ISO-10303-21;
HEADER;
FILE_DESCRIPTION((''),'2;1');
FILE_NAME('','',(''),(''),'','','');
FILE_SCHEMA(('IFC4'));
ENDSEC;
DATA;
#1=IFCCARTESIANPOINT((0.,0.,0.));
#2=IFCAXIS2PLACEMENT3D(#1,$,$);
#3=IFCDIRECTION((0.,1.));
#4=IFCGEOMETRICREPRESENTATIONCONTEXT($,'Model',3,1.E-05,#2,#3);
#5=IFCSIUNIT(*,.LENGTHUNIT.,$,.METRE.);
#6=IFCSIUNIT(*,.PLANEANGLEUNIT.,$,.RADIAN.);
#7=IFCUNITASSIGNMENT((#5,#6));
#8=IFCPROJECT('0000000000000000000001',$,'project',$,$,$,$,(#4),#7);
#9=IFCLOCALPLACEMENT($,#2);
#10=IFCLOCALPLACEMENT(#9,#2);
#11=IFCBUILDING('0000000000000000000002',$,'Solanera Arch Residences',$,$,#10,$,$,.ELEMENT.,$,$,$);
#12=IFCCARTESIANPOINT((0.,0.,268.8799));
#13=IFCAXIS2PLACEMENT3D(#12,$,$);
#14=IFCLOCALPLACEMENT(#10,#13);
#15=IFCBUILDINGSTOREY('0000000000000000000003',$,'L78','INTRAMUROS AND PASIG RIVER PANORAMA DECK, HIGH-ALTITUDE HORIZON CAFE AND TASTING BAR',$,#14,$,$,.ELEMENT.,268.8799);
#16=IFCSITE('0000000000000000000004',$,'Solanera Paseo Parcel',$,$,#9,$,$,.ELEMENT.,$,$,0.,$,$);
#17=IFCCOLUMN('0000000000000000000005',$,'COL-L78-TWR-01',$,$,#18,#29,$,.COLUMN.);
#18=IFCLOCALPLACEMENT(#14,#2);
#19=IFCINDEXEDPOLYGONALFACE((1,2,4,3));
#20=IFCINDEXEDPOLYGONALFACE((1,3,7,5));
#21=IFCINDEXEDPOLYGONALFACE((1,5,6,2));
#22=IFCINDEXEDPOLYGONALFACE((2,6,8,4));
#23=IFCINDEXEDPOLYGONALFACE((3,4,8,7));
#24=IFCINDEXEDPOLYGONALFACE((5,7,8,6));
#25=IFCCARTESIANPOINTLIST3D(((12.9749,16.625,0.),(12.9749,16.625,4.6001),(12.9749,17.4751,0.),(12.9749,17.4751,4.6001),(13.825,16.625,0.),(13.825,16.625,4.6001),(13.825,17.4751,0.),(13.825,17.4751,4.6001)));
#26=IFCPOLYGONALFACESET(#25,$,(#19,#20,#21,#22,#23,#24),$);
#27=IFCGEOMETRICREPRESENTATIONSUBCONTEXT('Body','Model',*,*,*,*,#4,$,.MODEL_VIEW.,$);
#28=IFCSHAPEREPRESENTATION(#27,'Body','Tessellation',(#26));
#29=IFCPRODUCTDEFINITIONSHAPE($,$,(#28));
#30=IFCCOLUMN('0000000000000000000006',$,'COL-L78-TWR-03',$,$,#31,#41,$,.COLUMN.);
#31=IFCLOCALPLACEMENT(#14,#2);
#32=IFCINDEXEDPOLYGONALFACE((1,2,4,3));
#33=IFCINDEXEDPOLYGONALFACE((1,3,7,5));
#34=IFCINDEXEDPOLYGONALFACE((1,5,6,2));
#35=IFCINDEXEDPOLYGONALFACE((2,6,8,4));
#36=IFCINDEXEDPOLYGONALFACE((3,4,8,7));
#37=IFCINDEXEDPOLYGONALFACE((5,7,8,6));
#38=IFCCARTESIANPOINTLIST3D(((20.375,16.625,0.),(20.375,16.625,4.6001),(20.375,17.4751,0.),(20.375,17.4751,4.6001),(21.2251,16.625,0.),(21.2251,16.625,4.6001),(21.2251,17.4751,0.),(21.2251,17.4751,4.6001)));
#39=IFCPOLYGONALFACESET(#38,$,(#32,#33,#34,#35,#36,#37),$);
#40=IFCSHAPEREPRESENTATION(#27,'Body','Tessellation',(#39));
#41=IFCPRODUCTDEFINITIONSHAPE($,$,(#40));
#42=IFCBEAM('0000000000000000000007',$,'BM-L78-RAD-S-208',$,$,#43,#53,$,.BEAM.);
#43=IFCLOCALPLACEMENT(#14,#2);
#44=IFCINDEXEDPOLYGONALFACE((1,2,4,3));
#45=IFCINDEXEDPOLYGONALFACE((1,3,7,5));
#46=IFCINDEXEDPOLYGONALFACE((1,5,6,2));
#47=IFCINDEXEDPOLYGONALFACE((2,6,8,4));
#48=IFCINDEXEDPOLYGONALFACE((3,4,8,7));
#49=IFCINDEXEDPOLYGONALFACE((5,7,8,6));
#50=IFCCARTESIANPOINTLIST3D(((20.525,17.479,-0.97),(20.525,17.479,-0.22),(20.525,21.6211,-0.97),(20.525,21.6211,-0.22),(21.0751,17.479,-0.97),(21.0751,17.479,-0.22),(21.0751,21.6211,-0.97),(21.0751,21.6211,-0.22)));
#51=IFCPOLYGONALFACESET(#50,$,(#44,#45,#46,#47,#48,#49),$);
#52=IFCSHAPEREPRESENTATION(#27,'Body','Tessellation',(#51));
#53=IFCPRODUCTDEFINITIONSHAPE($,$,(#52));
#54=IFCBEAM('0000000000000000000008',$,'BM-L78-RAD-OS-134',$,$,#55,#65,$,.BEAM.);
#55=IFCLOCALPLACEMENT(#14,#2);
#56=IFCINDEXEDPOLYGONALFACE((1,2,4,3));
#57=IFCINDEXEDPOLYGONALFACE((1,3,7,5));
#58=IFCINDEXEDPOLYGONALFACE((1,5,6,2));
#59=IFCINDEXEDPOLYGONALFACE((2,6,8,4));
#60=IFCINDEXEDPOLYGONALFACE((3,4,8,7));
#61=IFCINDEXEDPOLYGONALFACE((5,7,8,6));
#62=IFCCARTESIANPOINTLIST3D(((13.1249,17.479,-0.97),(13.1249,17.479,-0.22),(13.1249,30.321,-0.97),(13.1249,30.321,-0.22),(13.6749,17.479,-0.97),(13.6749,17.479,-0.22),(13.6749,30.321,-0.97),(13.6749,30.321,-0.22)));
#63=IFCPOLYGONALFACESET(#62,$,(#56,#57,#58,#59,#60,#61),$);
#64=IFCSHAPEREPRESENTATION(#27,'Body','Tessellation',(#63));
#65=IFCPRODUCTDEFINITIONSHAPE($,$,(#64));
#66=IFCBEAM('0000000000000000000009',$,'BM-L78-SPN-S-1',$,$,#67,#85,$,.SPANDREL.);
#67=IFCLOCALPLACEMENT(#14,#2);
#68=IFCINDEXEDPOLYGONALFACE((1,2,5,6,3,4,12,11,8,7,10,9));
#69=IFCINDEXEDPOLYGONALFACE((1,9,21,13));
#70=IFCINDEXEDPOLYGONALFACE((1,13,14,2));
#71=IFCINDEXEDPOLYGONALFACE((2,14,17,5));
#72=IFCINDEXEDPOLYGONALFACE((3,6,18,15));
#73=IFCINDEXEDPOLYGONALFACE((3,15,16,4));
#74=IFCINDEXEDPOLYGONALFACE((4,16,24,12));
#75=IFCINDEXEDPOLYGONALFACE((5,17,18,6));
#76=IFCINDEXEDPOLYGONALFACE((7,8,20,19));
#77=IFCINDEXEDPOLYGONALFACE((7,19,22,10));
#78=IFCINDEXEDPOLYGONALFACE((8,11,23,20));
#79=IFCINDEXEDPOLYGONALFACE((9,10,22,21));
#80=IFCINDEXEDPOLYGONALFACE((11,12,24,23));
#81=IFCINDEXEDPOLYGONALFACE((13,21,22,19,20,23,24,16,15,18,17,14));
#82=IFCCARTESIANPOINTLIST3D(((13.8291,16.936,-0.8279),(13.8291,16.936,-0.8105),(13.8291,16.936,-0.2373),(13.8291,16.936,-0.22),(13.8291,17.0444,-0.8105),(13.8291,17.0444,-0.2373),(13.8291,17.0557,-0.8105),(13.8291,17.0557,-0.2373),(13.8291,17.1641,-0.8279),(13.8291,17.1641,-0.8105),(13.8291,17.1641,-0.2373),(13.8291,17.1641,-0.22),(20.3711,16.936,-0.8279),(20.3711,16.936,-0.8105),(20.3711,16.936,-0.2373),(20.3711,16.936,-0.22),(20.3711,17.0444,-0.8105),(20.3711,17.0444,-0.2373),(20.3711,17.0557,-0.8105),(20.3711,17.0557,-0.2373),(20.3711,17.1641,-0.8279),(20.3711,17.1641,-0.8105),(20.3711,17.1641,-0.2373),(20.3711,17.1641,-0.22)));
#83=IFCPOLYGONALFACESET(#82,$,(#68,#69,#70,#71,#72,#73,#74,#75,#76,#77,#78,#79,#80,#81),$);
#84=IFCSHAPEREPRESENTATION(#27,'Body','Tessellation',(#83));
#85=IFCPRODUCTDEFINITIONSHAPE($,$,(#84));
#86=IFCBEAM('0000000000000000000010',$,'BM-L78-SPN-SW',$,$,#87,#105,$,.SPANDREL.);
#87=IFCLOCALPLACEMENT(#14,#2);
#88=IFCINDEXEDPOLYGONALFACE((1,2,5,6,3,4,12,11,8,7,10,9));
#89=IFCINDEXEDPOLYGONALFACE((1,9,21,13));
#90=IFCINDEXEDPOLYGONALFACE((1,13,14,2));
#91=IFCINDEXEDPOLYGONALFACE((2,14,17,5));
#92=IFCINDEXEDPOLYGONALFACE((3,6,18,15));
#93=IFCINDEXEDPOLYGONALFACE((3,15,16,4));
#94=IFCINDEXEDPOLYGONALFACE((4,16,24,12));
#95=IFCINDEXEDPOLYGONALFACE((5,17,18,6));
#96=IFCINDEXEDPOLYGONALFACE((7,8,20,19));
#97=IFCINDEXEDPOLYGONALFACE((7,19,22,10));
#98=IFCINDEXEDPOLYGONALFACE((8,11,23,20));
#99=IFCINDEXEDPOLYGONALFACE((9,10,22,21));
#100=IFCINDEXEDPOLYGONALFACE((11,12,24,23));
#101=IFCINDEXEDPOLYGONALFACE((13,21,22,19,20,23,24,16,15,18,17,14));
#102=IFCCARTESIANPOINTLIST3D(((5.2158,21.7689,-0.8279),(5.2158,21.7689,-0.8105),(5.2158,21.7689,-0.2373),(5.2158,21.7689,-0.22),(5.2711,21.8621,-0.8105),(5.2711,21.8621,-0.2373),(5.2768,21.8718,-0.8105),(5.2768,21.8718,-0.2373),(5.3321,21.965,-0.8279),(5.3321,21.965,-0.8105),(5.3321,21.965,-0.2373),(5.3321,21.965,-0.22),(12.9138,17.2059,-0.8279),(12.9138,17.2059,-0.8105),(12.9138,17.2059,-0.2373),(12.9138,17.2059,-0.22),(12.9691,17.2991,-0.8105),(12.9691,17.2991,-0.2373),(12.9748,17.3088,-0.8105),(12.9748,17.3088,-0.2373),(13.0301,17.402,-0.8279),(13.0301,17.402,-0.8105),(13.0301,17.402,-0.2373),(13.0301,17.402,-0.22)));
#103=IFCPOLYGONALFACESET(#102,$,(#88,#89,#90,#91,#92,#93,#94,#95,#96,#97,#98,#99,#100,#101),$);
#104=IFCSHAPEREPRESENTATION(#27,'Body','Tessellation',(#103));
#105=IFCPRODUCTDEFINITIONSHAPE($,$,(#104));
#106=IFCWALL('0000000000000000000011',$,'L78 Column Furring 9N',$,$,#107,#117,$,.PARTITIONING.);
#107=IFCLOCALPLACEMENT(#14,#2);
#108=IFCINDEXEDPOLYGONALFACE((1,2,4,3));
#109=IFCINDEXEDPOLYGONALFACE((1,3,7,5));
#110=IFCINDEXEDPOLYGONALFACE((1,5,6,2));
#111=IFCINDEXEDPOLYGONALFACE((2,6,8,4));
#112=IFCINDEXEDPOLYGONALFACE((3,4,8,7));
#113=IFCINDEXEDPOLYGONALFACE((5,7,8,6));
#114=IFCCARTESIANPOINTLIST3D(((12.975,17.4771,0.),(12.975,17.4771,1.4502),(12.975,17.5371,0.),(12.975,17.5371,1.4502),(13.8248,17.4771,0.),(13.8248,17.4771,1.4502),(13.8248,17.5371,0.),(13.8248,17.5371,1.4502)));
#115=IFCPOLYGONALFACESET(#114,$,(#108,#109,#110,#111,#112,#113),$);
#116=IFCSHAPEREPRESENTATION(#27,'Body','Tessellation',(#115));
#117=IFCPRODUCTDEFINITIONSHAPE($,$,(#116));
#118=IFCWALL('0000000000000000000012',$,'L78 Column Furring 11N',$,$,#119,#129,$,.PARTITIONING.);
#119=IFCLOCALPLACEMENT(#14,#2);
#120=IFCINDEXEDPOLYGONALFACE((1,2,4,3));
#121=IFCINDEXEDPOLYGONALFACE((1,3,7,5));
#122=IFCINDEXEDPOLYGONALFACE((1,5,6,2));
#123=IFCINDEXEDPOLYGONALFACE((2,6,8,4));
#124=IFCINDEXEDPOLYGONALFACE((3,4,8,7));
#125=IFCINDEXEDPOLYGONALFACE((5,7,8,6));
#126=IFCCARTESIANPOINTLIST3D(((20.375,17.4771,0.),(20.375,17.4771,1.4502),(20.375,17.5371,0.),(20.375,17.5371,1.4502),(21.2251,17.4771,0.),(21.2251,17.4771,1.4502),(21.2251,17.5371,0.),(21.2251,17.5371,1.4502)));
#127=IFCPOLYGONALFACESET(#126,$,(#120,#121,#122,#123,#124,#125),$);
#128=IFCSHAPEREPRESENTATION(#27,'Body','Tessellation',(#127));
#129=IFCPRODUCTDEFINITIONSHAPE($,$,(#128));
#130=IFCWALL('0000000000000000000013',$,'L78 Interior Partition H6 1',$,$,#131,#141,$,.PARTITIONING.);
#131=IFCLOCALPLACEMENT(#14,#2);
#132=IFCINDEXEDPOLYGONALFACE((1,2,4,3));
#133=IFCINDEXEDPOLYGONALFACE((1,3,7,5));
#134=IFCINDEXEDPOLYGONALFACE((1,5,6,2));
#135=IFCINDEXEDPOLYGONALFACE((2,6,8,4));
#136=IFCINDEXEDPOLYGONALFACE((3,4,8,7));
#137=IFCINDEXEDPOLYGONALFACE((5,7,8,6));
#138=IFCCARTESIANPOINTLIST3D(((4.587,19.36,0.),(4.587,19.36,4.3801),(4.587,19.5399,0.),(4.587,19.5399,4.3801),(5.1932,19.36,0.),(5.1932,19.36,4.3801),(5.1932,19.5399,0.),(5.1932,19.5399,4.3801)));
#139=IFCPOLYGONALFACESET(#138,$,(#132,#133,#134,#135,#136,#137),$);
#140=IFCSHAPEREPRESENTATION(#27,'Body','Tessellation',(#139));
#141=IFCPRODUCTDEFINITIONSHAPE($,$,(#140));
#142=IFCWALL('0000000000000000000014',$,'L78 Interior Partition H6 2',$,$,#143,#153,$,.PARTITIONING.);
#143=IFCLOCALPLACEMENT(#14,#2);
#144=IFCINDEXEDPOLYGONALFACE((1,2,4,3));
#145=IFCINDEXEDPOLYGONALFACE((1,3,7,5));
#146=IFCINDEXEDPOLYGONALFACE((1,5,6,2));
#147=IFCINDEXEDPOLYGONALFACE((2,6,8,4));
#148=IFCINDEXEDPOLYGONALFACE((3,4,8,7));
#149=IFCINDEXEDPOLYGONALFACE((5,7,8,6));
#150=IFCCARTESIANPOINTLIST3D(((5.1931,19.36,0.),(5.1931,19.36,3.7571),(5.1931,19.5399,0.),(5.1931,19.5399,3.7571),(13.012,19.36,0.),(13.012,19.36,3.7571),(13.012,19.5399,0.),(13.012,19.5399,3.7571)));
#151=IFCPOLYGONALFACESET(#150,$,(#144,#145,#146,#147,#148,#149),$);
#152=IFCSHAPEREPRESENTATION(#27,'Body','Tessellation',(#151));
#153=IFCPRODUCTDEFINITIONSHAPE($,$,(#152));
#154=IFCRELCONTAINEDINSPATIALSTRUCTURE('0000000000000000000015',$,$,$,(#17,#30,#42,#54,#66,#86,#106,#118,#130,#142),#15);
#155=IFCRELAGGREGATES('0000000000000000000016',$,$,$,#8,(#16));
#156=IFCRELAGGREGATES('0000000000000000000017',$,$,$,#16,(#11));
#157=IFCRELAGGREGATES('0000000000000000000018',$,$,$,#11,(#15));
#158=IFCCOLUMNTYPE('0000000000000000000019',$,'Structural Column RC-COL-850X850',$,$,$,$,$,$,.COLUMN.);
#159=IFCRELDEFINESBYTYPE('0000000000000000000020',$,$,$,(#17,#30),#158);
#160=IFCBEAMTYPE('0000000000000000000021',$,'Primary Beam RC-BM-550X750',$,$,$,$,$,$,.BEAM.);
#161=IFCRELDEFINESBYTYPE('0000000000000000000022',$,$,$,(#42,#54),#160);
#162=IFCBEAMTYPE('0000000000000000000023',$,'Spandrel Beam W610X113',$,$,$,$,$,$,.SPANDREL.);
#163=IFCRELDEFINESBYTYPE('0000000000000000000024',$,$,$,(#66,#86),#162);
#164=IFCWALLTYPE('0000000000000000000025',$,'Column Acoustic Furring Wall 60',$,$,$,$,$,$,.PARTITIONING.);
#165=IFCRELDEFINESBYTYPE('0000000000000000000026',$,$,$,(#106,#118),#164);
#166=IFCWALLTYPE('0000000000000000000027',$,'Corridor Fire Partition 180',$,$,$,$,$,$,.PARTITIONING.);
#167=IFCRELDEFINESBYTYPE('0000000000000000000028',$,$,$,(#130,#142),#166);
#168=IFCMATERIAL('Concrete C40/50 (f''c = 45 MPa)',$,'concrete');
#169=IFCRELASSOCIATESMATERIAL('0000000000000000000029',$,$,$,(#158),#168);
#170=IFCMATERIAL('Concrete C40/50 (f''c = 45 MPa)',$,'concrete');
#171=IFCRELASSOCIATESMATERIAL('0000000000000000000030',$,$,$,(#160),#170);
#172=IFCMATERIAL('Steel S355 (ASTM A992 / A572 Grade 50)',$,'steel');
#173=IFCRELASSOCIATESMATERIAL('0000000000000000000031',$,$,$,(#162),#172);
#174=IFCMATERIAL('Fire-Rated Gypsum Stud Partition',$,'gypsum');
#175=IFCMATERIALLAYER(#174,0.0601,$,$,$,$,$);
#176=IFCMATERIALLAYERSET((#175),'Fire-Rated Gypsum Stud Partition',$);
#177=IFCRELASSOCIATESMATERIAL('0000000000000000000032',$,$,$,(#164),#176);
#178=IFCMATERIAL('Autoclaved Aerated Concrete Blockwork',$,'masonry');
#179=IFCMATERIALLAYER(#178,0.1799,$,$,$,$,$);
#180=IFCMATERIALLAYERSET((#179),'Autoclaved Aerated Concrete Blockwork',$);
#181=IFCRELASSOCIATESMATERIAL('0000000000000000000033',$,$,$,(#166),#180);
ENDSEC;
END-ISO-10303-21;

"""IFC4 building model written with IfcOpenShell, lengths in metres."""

from ifc_helpers import new_model, si_unit, direction, frame, frame_2d, origin, origin_2d, place, context, subcontext, project, spatial, rectangle, i_section, extrude, material, layer, layer_set, material_profile, profile_set, type_object, element, save


model = new_model("IFC4")

# Units and contexts
model_context = context("Model", 3, precision=1e-05, world=origin(), true_north=direction((0.0, 1.0)))
body_context = subcontext(model_context, "Body", "Model", "MODEL_VIEW")
ifc_project = project(units=[si_unit("LENGTHUNIT", "METRE"), si_unit("PLANEANGLEUNIT", "RADIAN")], contexts=[model_context])

# Site, building, storey
site_placement = place(None, origin())
site = spatial("IfcSite", under=ifc_project, at=site_placement, Name="Solanera Paseo Parcel", CompositionType="ELEMENT", RefElevation=0.0)
building_placement = place(site_placement, origin())
building = spatial("IfcBuilding", under=site, at=building_placement, Name="Solanera Arch Residences", CompositionType="ELEMENT")
storey_placement = place(building_placement, frame((0.0, 0.0, 268.8799)))
storey = spatial("IfcBuildingStorey", under=building, at=storey_placement, Name="L78", Description="INTRAMUROS AND PASIG RIVER PANORAMA DECK, HIGH-ALTITUDE HORIZON CAFE AND TASTING BAR", CompositionType="ELEMENT", Elevation=268.8799)

# Columns
ifc_material_1 = material(Name="Concrete C40/50 (f'c = 45 MPa)", Category="concrete")
ifc_material_profile_1 = material_profile(ifc_material_1, rectangle(XDim=0.8501, YDim=0.8501, at=origin_2d()))
ifc_profile_set_1 = profile_set([ifc_material_profile_1], Name="Concrete C40/50 (f'c = 45 MPa)")
column_type = type_object("IfcColumnType", Name="Structural Column RC-COL-850X850", PredefinedType="COLUMN", material=ifc_profile_set_1)
for number, where, z_axis, x_axis, name in (
    (1, (13.3999, 17.05, 0.0), (0.0, 0.0, 1.0), (1.0, 0.0, 0.0), "COL-L78-TWR-01"),
    (2, (20.8, 17.05, 0.0), (0.0, 0.0, 1.0), (1.0, 0.0, 0.0), "COL-L78-TWR-03"),
):
    element("IfcColumn", number, at=place(storey_placement, frame(where, z_axis=z_axis, x_axis=x_axis)), inside=storey, type_object=column_type, Name=name, PredefinedType="COLUMN", context=body_context, shape_type="SweptSolid", body=[
        extrude(rectangle(XDim=0.8501, YDim=0.8501, at=origin_2d()), origin(), (0.0, 0.0, 1.0), 4.6001),
    ])

# Beams
ifc_material_2 = material(Name="Concrete C40/50 (f'c = 45 MPa)", Category="concrete")
ifc_material_profile_2 = material_profile(ifc_material_2, rectangle(XDim=0.55, YDim=0.75, at=origin_2d()))
ifc_profile_set_2 = profile_set([ifc_material_profile_2], Name="Concrete C40/50 (f'c = 45 MPa)")
beam_type_1 = type_object("IfcBeamType", Name="Primary Beam RC-BM-550X750", PredefinedType="BEAM", material=ifc_profile_set_2)
beam_1_placement = place(storey_placement, frame((20.8, 17.479, -0.595), z_axis=(0.0, 1.0, 0.0), x_axis=(-1.0, 0.0, 0.0)))
element("IfcBeam", 3, at=beam_1_placement, inside=storey, type_object=beam_type_1, Name="BM-L78-RAD-S-208", PredefinedType="BEAM", context=body_context, shape_type="SweptSolid", body=[
    extrude(rectangle(XDim=0.55, YDim=0.75, at=origin_2d()), origin(), (0.0, 0.0, 1.0), 4.1421),
])
beam_2_placement = place(storey_placement, frame((13.3999, 17.479, -0.595), z_axis=(0.0, 1.0, 0.0), x_axis=(-1.0, 0.0, 0.0)))
element("IfcBeam", 4, at=beam_2_placement, inside=storey, type_object=beam_type_1, Name="BM-L78-RAD-OS-134", PredefinedType="BEAM", context=body_context, shape_type="SweptSolid", body=[
    extrude(rectangle(XDim=0.55, YDim=0.75, at=origin_2d()), origin(), (0.0, 0.0, 1.0), 12.842),
])
ifc_material_3 = material(Name="Steel S355 (ASTM A992 / A572 Grade 50)", Category="steel")
ifc_material_profile_3 = material_profile(ifc_material_3, i_section(OverallWidth=0.228, OverallDepth=0.6079, WebThickness=0.0112, FlangeThickness=0.0173, at=origin_2d()))
ifc_profile_set_3 = profile_set([ifc_material_profile_3], Name="Steel S355 (ASTM A992 / A572 Grade 50)")
beam_type_2 = type_object("IfcBeamType", Name="Spandrel Beam W610X113", PredefinedType="SPANDREL", material=ifc_profile_set_3)
beam_3_placement = place(storey_placement, frame((13.8291, 17.05, -0.5239), z_axis=(1.0, 0.0, 0.0), x_axis=(0.0, 1.0, 0.0)))
element("IfcBeam", 5, at=beam_3_placement, inside=storey, type_object=beam_type_2, Name="BM-L78-SPN-S-1", PredefinedType="SPANDREL", context=body_context, shape_type="SweptSolid", body=[
    extrude(i_section(OverallWidth=0.228, OverallDepth=0.6079, WebThickness=0.0112, FlangeThickness=0.0173, at=origin_2d()), origin(), (0.0, 0.0, 1.0), 6.542),
])
beam_4_placement = place(storey_placement, frame((12.9719, 17.304, -0.5239), z_axis=(-0.860232, 0.509903, 0.0), x_axis=(-0.509903, -0.860232, 0.0)))
element("IfcBeam", 6, at=beam_4_placement, inside=storey, type_object=beam_type_2, Name="BM-L78-SPN-SW", PredefinedType="SPANDREL", context=body_context, shape_type="SweptSolid", body=[
    extrude(i_section(OverallWidth=0.228, OverallDepth=0.6079, WebThickness=0.0112, FlangeThickness=0.0173, at=origin_2d()), origin(), (0.0, 0.0, 1.0), 8.9487),
])

# Walls
ifc_material_4 = material(Name="Fire-Rated Gypsum Stud Partition", Category="gypsum")
ifc_layer_1 = layer(ifc_material_4, 0.0601)
ifc_layer_set_1 = layer_set([ifc_layer_1], Name="Fire-Rated Gypsum Stud Partition")
wall_type_1 = type_object("IfcWallType", Name="Column Acoustic Furring Wall 60", PredefinedType="PARTITIONING", material=ifc_layer_set_1)
wall_1_placement = place(storey_placement, frame((12.9751, 17.5071, 0.0), z_axis=(0.0, 0.0, 1.0), x_axis=(1.0, 0.0, 0.0)))
element("IfcWall", 7, at=wall_1_placement, inside=storey, type_object=wall_type_1, Name="L78 Column Furring 9N", PredefinedType="PARTITIONING", context=body_context, shape_type="SweptSolid", body=[
    extrude(rectangle(XDim=0.8499, YDim=0.0601, at=frame_2d((0.4248, 0.0))), origin(), (0.0, 0.0, 1.0), 1.4502),
])
wall_2_placement = place(storey_placement, frame((20.375, 17.5071, 0.0), z_axis=(0.0, 0.0, 1.0), x_axis=(1.0, 0.0, 0.0)))
element("IfcWall", 8, at=wall_2_placement, inside=storey, type_object=wall_type_1, Name="L78 Column Furring 11N", PredefinedType="PARTITIONING", context=body_context, shape_type="SweptSolid", body=[
    extrude(rectangle(XDim=0.8501, YDim=0.0601, at=frame_2d((0.425, 0.0))), origin(), (0.0, 0.0, 1.0), 1.4502),
])
ifc_material_5 = material(Name="Autoclaved Aerated Concrete Blockwork", Category="masonry")
ifc_layer_2 = layer(ifc_material_5, 0.1799)
ifc_layer_set_2 = layer_set([ifc_layer_2], Name="Autoclaved Aerated Concrete Blockwork")
wall_type_2 = type_object("IfcWallType", Name="Corridor Fire Partition 180", PredefinedType="PARTITIONING", material=ifc_layer_set_2)
wall_3_placement = place(storey_placement, frame((4.5869, 19.45, 0.0), z_axis=(0.0, 0.0, 1.0), x_axis=(1.0, 0.0, 0.0)))
element("IfcWall", 9, at=wall_3_placement, inside=storey, type_object=wall_type_2, Name="L78 Interior Partition H6 1", PredefinedType="PARTITIONING", context=body_context, shape_type="SweptSolid", body=[
    extrude(rectangle(XDim=0.6062, YDim=0.1799, at=frame_2d((0.3032, 0.0))), origin(), (0.0, 0.0, 1.0), 4.3801),
])
wall_4_placement = place(storey_placement, frame((5.1931, 19.45, 0.0), z_axis=(0.0, 0.0, 1.0), x_axis=(1.0, 0.0, 0.0)))
element("IfcWall", 10, at=wall_4_placement, inside=storey, type_object=wall_type_2, Name="L78 Interior Partition H6 2", PredefinedType="PARTITIONING", context=body_context, shape_type="SweptSolid", body=[
    extrude(rectangle(XDim=7.8188, YDim=0.1799, at=frame_2d((3.9094, 0.0))), origin(), (0.0, 0.0, 1.0), 3.7571),
])

save(model, "model.ifc")
